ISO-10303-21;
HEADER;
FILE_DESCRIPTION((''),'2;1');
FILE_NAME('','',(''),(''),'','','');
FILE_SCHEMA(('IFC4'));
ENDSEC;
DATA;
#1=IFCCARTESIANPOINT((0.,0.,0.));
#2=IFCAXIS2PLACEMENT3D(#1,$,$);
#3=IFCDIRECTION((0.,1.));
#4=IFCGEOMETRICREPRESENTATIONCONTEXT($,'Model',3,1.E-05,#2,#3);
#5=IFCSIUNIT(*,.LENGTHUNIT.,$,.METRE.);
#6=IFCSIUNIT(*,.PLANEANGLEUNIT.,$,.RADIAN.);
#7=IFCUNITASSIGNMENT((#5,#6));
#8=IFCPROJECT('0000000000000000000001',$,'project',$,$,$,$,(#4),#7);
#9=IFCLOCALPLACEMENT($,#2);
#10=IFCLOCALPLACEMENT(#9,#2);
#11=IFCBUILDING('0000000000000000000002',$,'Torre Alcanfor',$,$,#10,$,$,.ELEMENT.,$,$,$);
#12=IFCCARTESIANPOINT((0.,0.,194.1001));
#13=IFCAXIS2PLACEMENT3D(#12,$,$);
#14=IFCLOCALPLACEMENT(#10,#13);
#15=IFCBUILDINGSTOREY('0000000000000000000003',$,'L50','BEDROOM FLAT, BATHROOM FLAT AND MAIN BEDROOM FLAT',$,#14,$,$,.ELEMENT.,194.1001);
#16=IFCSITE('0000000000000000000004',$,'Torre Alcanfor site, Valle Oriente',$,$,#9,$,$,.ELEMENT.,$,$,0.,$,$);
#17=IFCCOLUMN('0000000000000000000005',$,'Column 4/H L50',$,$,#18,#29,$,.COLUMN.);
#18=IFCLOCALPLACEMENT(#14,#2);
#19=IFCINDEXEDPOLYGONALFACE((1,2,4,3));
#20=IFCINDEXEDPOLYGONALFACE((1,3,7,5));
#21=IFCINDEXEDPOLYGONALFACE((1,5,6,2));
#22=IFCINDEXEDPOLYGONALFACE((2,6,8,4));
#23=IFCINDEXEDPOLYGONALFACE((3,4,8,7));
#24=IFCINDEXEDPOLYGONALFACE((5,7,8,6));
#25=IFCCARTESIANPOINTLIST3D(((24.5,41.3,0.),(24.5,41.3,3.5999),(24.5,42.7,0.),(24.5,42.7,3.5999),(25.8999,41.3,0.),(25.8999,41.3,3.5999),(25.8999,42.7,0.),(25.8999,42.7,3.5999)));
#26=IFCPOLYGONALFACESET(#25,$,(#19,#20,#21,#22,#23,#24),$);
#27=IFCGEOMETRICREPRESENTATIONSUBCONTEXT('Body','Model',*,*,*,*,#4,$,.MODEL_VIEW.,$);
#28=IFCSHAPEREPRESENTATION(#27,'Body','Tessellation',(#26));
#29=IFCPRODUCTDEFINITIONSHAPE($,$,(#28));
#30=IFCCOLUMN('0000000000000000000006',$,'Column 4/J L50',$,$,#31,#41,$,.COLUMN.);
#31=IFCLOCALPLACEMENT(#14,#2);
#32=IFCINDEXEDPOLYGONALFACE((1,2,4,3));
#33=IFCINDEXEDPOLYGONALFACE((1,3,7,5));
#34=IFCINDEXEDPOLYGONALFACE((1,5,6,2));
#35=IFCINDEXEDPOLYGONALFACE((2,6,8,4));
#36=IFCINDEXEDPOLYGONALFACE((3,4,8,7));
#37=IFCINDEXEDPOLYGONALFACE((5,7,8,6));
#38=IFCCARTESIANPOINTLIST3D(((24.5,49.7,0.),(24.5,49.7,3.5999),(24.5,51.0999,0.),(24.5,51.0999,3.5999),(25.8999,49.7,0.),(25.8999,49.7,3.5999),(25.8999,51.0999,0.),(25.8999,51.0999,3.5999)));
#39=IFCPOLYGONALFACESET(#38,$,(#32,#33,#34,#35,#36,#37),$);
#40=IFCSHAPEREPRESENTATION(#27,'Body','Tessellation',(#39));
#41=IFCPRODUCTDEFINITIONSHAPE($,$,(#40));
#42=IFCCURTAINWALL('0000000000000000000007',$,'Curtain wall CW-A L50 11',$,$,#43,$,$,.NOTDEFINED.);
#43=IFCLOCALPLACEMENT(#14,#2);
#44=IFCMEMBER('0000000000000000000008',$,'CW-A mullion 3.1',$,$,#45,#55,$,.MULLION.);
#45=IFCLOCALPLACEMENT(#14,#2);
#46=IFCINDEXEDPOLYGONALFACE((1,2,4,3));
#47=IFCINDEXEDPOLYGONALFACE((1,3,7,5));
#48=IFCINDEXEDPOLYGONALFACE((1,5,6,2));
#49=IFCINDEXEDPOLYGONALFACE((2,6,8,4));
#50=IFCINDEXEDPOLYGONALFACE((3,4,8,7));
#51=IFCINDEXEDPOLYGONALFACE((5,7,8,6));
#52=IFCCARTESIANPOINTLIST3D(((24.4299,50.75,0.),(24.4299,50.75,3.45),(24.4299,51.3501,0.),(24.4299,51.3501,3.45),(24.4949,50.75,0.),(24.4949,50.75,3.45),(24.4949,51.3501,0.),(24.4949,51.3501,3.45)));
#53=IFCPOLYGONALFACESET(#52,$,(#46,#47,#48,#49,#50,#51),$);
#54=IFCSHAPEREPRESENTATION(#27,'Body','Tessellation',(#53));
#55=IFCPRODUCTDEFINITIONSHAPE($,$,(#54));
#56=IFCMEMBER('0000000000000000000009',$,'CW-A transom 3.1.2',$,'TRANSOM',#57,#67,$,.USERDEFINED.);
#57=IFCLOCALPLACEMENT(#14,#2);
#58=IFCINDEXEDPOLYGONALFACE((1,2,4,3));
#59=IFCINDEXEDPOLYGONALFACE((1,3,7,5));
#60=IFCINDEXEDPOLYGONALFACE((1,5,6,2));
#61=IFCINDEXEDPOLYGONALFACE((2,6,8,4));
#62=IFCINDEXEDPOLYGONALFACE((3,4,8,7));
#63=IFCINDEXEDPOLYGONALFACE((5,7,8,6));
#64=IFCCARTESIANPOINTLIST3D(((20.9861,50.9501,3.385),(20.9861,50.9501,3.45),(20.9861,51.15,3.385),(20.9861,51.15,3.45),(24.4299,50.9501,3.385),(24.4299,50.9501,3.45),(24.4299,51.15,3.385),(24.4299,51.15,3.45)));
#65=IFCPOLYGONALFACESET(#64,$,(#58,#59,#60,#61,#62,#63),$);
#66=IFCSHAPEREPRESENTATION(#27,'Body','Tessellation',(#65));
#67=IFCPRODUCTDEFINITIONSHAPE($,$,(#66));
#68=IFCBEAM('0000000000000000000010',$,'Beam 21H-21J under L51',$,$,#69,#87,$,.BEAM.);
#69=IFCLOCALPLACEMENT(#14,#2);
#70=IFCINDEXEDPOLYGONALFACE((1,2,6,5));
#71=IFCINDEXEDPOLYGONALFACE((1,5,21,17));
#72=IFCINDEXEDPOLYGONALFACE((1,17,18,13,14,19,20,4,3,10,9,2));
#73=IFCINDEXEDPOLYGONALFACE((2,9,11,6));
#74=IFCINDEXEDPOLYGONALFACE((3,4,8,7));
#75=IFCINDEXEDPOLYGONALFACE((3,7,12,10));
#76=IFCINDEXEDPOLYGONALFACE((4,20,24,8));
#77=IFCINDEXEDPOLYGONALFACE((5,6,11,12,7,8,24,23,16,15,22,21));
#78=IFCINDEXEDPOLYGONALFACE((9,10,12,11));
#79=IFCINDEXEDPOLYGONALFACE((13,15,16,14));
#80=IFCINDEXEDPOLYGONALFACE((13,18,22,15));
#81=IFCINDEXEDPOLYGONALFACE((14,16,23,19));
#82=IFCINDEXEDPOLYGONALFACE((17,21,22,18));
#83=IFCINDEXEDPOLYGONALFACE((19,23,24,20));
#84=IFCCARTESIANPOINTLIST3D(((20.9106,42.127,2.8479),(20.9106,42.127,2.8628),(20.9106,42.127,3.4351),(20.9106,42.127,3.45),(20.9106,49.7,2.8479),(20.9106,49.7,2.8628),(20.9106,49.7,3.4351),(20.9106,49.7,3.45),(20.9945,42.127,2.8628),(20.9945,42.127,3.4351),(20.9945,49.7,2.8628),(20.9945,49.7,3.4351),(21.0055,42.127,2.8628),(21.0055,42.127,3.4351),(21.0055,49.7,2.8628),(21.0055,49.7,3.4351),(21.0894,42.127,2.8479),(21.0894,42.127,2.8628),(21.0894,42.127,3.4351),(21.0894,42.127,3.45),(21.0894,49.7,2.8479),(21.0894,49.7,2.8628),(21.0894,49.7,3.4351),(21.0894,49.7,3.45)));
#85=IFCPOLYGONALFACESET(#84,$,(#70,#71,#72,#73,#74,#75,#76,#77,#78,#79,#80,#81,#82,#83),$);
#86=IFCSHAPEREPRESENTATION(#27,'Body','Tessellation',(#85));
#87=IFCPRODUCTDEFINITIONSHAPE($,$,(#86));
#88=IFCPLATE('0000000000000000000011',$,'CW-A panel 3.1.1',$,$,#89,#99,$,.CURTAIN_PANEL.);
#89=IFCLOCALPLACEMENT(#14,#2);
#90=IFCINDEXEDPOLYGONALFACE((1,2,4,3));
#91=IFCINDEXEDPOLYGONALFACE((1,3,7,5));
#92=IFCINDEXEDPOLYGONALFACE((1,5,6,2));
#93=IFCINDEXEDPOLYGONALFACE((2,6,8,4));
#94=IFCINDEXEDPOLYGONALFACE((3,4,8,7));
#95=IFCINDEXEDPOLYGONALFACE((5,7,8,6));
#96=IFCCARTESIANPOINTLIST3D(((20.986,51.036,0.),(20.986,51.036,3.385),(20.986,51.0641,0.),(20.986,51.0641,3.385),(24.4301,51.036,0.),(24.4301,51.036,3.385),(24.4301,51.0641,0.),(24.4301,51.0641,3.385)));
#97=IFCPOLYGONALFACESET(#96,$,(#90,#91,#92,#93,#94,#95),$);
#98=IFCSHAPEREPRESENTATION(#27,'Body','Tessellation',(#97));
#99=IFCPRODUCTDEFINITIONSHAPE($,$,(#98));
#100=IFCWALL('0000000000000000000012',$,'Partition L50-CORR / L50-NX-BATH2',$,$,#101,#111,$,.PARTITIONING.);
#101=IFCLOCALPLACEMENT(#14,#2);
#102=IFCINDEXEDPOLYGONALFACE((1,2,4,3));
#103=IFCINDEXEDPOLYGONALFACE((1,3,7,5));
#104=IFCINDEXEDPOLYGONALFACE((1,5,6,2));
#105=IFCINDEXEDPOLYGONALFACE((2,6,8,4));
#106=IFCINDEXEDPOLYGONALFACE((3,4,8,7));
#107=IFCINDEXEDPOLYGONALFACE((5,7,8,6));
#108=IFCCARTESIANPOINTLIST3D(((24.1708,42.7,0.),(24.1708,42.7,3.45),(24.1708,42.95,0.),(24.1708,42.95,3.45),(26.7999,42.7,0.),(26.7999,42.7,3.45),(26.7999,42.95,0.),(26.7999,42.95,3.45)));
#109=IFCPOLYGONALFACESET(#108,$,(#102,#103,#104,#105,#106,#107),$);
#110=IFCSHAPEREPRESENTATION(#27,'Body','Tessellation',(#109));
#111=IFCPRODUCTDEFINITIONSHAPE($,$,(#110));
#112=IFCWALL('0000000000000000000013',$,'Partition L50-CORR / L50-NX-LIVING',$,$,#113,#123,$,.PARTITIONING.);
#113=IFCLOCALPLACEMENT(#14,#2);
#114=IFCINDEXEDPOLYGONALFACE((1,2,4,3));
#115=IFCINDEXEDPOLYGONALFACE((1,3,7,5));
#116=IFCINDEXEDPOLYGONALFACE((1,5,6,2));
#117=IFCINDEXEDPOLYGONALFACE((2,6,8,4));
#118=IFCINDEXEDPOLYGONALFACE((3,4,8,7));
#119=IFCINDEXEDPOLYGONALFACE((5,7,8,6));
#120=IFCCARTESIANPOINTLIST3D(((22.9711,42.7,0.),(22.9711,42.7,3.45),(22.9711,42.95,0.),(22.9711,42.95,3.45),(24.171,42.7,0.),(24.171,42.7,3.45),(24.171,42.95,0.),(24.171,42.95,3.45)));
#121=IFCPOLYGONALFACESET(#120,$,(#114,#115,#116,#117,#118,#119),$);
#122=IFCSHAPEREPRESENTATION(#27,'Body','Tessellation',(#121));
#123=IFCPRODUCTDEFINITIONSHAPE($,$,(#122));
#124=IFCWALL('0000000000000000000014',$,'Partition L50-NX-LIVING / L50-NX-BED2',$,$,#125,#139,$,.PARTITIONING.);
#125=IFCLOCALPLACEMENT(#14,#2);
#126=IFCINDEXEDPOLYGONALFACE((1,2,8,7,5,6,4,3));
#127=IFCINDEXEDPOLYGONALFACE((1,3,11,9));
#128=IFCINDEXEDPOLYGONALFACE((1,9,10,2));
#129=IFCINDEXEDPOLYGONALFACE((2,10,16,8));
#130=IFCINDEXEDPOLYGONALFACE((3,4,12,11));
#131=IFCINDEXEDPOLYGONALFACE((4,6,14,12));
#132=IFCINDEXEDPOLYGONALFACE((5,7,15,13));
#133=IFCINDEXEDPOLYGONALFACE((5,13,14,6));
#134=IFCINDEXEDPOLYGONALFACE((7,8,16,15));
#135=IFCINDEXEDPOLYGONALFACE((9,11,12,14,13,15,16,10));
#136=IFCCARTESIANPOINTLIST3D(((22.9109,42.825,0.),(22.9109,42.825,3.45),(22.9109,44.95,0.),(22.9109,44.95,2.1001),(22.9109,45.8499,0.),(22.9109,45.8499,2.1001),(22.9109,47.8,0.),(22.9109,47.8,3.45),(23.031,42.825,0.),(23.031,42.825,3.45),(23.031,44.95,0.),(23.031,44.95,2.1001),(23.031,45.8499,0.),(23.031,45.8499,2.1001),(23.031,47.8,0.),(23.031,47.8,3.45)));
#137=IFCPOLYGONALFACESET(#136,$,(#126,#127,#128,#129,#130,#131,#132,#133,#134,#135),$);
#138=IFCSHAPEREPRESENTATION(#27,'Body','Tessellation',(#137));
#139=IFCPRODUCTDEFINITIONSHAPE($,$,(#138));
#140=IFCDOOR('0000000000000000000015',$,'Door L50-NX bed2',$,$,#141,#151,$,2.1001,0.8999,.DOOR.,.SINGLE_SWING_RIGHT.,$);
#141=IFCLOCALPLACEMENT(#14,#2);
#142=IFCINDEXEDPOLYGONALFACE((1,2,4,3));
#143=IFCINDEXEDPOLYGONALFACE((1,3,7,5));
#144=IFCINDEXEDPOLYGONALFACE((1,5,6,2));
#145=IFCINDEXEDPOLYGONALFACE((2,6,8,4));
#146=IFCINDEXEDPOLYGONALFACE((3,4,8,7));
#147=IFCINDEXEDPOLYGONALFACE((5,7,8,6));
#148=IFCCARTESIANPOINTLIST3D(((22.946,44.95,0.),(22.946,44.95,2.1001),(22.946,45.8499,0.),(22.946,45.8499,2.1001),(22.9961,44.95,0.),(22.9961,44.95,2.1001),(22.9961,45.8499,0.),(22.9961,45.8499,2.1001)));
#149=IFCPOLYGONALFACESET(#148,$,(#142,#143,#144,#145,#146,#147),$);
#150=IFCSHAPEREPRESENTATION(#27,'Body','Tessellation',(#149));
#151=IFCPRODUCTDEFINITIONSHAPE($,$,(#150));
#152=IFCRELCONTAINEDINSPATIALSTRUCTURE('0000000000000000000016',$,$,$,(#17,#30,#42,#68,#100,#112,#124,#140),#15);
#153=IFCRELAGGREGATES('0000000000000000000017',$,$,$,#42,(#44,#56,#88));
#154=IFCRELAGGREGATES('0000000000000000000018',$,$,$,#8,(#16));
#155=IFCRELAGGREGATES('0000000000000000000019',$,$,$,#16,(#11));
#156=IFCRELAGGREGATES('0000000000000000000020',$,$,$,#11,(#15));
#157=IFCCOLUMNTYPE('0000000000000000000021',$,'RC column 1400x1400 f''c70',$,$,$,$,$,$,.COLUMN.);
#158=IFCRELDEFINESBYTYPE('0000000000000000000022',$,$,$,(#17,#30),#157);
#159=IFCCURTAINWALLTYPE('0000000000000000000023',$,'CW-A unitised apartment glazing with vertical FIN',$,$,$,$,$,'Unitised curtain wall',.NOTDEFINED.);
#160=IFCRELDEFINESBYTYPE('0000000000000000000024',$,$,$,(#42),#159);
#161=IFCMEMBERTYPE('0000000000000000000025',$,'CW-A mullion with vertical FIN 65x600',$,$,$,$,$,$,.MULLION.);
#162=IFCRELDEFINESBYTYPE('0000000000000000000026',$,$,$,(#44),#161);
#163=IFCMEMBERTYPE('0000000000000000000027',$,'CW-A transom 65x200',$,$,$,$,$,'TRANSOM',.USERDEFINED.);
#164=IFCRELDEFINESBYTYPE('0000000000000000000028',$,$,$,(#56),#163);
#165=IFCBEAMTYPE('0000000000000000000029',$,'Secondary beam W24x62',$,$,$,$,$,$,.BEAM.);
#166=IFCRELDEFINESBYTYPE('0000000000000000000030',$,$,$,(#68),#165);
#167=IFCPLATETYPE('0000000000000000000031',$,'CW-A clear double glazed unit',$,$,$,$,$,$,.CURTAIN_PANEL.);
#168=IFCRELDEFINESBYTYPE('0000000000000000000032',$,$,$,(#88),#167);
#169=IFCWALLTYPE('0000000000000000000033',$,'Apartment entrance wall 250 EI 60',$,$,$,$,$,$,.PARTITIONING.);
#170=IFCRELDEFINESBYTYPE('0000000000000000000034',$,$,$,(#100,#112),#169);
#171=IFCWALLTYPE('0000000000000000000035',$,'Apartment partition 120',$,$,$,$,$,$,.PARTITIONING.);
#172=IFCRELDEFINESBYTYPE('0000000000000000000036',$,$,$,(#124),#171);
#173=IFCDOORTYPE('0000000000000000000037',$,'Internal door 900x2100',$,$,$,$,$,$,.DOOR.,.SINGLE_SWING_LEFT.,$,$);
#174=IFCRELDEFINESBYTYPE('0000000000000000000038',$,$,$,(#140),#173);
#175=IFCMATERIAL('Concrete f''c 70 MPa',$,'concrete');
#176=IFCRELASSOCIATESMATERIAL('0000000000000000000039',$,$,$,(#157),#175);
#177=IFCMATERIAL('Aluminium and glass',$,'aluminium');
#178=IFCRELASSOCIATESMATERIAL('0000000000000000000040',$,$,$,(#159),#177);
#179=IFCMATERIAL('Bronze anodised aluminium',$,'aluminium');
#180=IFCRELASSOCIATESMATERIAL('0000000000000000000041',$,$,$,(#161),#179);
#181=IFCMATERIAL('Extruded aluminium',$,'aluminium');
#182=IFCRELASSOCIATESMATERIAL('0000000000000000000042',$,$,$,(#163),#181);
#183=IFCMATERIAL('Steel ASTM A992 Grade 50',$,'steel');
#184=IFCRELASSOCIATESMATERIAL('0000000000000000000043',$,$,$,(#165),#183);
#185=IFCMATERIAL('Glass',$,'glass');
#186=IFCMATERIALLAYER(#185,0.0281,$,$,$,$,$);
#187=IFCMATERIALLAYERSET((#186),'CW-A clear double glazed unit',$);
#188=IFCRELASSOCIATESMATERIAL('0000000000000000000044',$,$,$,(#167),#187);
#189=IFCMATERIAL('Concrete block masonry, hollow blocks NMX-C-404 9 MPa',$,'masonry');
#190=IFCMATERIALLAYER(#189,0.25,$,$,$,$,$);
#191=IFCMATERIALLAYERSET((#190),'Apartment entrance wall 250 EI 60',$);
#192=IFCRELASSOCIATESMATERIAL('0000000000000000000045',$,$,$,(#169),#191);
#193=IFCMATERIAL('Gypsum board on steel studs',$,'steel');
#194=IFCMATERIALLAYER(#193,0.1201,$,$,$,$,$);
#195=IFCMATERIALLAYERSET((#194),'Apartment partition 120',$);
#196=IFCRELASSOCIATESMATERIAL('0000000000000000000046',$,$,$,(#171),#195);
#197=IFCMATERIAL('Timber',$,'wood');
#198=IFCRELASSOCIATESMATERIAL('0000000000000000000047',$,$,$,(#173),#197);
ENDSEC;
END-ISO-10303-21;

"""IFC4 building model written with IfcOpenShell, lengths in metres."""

from ifc_helpers import new_model, si_unit, direction, frame, frame_2d, origin, origin_2d, place, context, subcontext, project, spatial, rectangle, i_section, extrude, material, layer, layer_set, material_profile, profile_set, type_object, element, fill, aggregate, save


model = new_model("IFC4")

# Units and contexts
model_context = context("Model", 3, precision=1e-05, world=origin(), true_north=direction((0.0, 1.0)))
body_context = subcontext(model_context, "Body", "Model", "MODEL_VIEW")
ifc_project = project(units=[si_unit("LENGTHUNIT", "METRE"), si_unit("PLANEANGLEUNIT", "RADIAN")], contexts=[model_context])

# Site, building, storey
site_placement = place(None, origin())
site = spatial("IfcSite", under=ifc_project, at=site_placement, Name="Torre Alcanfor site, Valle Oriente", CompositionType="ELEMENT", RefElevation=0.0)
building_placement = place(site_placement, origin())
building = spatial("IfcBuilding", under=site, at=building_placement, Name="Torre Alcanfor", CompositionType="ELEMENT")
storey_placement = place(building_placement, frame((0.0, 0.0, 194.1001)))
storey = spatial("IfcBuildingStorey", under=building, at=storey_placement, Name="L50", Description="BEDROOM FLAT, BATHROOM FLAT AND MAIN BEDROOM FLAT", CompositionType="ELEMENT", Elevation=194.1001)

# Columns
ifc_material_1 = material(Name="Concrete f'c 70 MPa", Category="concrete")
ifc_material_profile_1 = material_profile(ifc_material_1, rectangle(XDim=1.3999, YDim=1.3999, at=origin_2d()), Name="1400x1400")
ifc_profile_set_1 = profile_set([ifc_material_profile_1], Name="Concrete f'c 70 MPa")
column_type = type_object("IfcColumnType", Name="RC column 1400x1400 f'c70", PredefinedType="COLUMN", material=ifc_profile_set_1)
for number, where, z_axis, x_axis, name in (
    (1, (25.2, 42.0, 0.0), (0.0, 0.0, 1.0), (1.0, 0.0, 0.0), "Column 4/H L50"),
    (2, (25.2, 50.3999, 0.0), (0.0, 0.0, 1.0), (1.0, 0.0, 0.0), "Column 4/J L50"),
):
    element("IfcColumn", number, at=place(storey_placement, frame(where, z_axis=z_axis, x_axis=x_axis)), inside=storey, type_object=column_type, Name=name, PredefinedType="COLUMN", context=body_context, shape_type="SweptSolid", body=[
        extrude(rectangle(XDim=1.3999, YDim=1.3999, at=origin_2d()), origin(), (0.0, 0.0, 1.0), 3.5999),
    ])

# Curtain wall, members
ifc_material_2 = material(Name="Aluminium and glass", Category="aluminium")
curtain_wall_type = type_object("IfcCurtainWallType", Name="CW-A unitised apartment glazing with vertical FIN", ElementType="Unitised curtain wall", PredefinedType="NOTDEFINED", material=ifc_material_2)
curtain_wall_placement = place(storey_placement, origin())
curtain_wall = element("IfcCurtainWall", 3, at=curtain_wall_placement, inside=storey, type_object=curtain_wall_type, Name="Curtain wall CW-A L50 11", PredefinedType="NOTDEFINED")
ifc_material_3 = material(Name="Bronze anodised aluminium", Category="aluminium")
ifc_material_profile_2 = material_profile(ifc_material_3, rectangle(XDim=0.6001, YDim=0.0649, at=origin_2d()), Name="CW-A mullion 65x600")
ifc_profile_set_2 = profile_set([ifc_material_profile_2], Name="Bronze anodised aluminium")
member_type_1 = type_object("IfcMemberType", Name="CW-A mullion with vertical FIN 65x600", PredefinedType="MULLION", material=ifc_profile_set_2)
member_1_placement = place(storey_placement, frame((24.4624, 51.05, 0.0), z_axis=(0.0, 0.0, 1.0), x_axis=(0.0, -1.0, 0.0)))
member_1 = element("IfcMember", 4, at=member_1_placement, type_object=member_type_1, Name="CW-A mullion 3.1", PredefinedType="MULLION", context=body_context, shape_type="SweptSolid", body=[
    extrude(rectangle(XDim=0.6001, YDim=0.0649, at=origin_2d()), origin(), (0.0, 0.0, 1.0), 3.45),
])
ifc_material_4 = material(Name="Extruded aluminium", Category="aluminium")
ifc_material_profile_3 = material_profile(ifc_material_4, rectangle(XDim=0.2, YDim=0.0649, at=origin_2d()), Name="CW-A transom 200x65")
ifc_profile_set_3 = profile_set([ifc_material_profile_3], Name="Extruded aluminium")
member_type_2 = type_object("IfcMemberType", Name="CW-A transom 65x200", ElementType="TRANSOM", PredefinedType="USERDEFINED", material=ifc_profile_set_3)
member_2_placement = place(storey_placement, frame((24.4299, 51.05, 3.4175), z_axis=(-1.0, 0.0, 0.0), x_axis=(0.0, -1.0, 0.0)))
member_2 = element("IfcMember", 5, at=member_2_placement, type_object=member_type_2, Name="CW-A transom 3.1.2", ObjectType="TRANSOM", PredefinedType="USERDEFINED", context=body_context, shape_type="SweptSolid", body=[
    extrude(rectangle(XDim=0.2, YDim=0.0649, at=origin_2d()), origin(), (0.0, 0.0, 1.0), 3.4438),
])

# Beam
ifc_material_5 = material(Name="Steel ASTM A992 Grade 50", Category="steel")
ifc_material_profile_4 = material_profile(ifc_material_5, i_section(OverallWidth=0.1787, OverallDepth=0.6021, WebThickness=0.011, FlangeThickness=0.0149, at=origin_2d()), Name="W24x62")
ifc_profile_set_4 = profile_set([ifc_material_profile_4], Name="Steel ASTM A992 Grade 50")
beam_type = type_object("IfcBeamType", Name="Secondary beam W24x62", PredefinedType="BEAM", material=ifc_profile_set_4)
beam_placement = place(storey_placement, frame((21.0, 42.127, 3.1489), z_axis=(0.0, 1.0, 0.0), x_axis=(-1.0, 0.0, 0.0)))
element("IfcBeam", 6, at=beam_placement, inside=storey, type_object=beam_type, Name="Beam 21H-21J under L51", PredefinedType="BEAM", context=body_context, shape_type="SweptSolid", body=[
    extrude(i_section(OverallWidth=0.1787, OverallDepth=0.6021, WebThickness=0.011, FlangeThickness=0.0149, at=origin_2d()), origin(), (0.0, 0.0, 1.0), 7.573),
])

# Plate
ifc_material_6 = material(Name="Glass", Category="glass")
ifc_layer_1 = layer(ifc_material_6, 0.0281)
ifc_layer_set_1 = layer_set([ifc_layer_1], Name="CW-A clear double glazed unit")
plate_type = type_object("IfcPlateType", Name="CW-A clear double glazed unit", PredefinedType="CURTAIN_PANEL", material=ifc_layer_set_1)
plate_placement = place(storey_placement, frame((22.708, 51.05, 0.0), z_axis=(0.0, 0.0, 1.0), x_axis=(-1.0, 0.0, 0.0)))
plate = element("IfcPlate", 7, at=plate_placement, type_object=plate_type, Name="CW-A panel 3.1.1", PredefinedType="CURTAIN_PANEL", context=body_context, shape_type="SweptSolid", body=[
    extrude(rectangle(XDim=3.4441, YDim=0.0281, at=origin_2d()), origin(), (0.0, 0.0, 1.0), 3.385),
])
aggregate(curtain_wall, [member_1, member_2, plate])

# Walls
ifc_material_7 = material(Name="Concrete block masonry, hollow blocks NMX-C-404 9 MPa", Category="masonry")
ifc_layer_2 = layer(ifc_material_7, 0.25)
ifc_layer_set_2 = layer_set([ifc_layer_2], Name="Apartment entrance wall 250 EI 60")
wall_type_1 = type_object("IfcWallType", Name="Apartment entrance wall 250 EI 60", PredefinedType="PARTITIONING", material=ifc_layer_set_2)
wall_1_placement = place(storey_placement, frame((24.1709, 42.825, 0.0), z_axis=(0.0, 0.0, 1.0), x_axis=(1.0, 0.0, 0.0)))
element("IfcWall", 8, at=wall_1_placement, inside=storey, type_object=wall_type_1, Name="Partition L50-CORR / L50-NX-BATH2", PredefinedType="PARTITIONING", context=body_context, shape_type="SweptSolid", body=[
    extrude(rectangle(XDim=2.6292, YDim=0.25, at=frame_2d((1.3145, 0.0))), origin(), (0.0, 0.0, 1.0), 3.45),
])
wall_2_placement = place(storey_placement, frame((22.9709, 42.825, 0.0), z_axis=(0.0, 0.0, 1.0), x_axis=(1.0, 0.0, 0.0)))
element("IfcWall", 9, at=wall_2_placement, inside=storey, type_object=wall_type_1, Name="Partition L50-CORR / L50-NX-LIVING", PredefinedType="PARTITIONING", context=body_context, shape_type="SweptSolid", body=[
    extrude(rectangle(XDim=1.2, YDim=0.25, at=frame_2d((0.6001, 0.0))), origin(), (0.0, 0.0, 1.0), 3.45),
])

# Wall, opening, door
ifc_material_8 = material(Name="Gypsum board on steel studs", Category="steel")
ifc_layer_3 = layer(ifc_material_8, 0.1201)
ifc_layer_set_3 = layer_set([ifc_layer_3], Name="Apartment partition 120")
wall_type_2 = type_object("IfcWallType", Name="Apartment partition 120", PredefinedType="PARTITIONING", material=ifc_layer_set_3)
wall_3_placement = place(storey_placement, frame((22.9709, 42.825, 0.0), z_axis=(0.0, 0.0, 1.0), x_axis=(0.0, 1.0, 0.0)))
wall_3 = element("IfcWall", 10, at=wall_3_placement, inside=storey, type_object=wall_type_2, Name="Partition L50-NX-LIVING / L50-NX-BED2", PredefinedType="PARTITIONING", context=body_context, shape_type="SweptSolid", body=[
    extrude(rectangle(XDim=4.9751, YDim=0.1201, at=frame_2d((2.4875, 0.0))), origin(), (0.0, 0.0, 1.0), 3.45),
])
opening_1_placement = place(wall_3_placement, frame((2.125, 0.0, 0.0)))
opening_1 = element("IfcOpeningElement", 11, at=opening_1_placement, cuts=wall_3, PredefinedType="OPENING", context=body_context, shape_type="SweptSolid", body=[
    extrude(rectangle(XDim=0.8999, YDim=2.1001, at=frame_2d((0.45, 1.05))), frame((0.0, 0.0701, 0.0), z_axis=(0.0, -1.0, 0.0), x_axis=(1.0, 0.0, 0.0)), (0.0, 0.0, 1.0), 0.1401),
])
ifc_material_9 = material(Name="Timber", Category="wood")
door_type = type_object("IfcDoorType", Name="Internal door 900x2100", OperationType="SINGLE_SWING_LEFT", PredefinedType="DOOR", material=ifc_material_9)
door_1_placement = place(opening_1_placement, origin())
door_1 = element("IfcDoor", 12, at=door_1_placement, inside=storey, type_object=door_type, Name="Door L50-NX bed2", OperationType="SINGLE_SWING_RIGHT", OverallHeight=2.1001, OverallWidth=0.8999, PredefinedType="DOOR", context=body_context, shape_type="SweptSolid", body=[
    extrude(rectangle(XDim=0.8999, YDim=2.1001, at=frame_2d((0.45, 1.05))), frame((0.0, 0.0249, 0.0), z_axis=(0.0, -1.0, 0.0), x_axis=(1.0, 0.0, 0.0)), (0.0, 0.0, 1.0), 0.05),
])
fill(opening_1, door_1)

save(model, "model.ifc")
